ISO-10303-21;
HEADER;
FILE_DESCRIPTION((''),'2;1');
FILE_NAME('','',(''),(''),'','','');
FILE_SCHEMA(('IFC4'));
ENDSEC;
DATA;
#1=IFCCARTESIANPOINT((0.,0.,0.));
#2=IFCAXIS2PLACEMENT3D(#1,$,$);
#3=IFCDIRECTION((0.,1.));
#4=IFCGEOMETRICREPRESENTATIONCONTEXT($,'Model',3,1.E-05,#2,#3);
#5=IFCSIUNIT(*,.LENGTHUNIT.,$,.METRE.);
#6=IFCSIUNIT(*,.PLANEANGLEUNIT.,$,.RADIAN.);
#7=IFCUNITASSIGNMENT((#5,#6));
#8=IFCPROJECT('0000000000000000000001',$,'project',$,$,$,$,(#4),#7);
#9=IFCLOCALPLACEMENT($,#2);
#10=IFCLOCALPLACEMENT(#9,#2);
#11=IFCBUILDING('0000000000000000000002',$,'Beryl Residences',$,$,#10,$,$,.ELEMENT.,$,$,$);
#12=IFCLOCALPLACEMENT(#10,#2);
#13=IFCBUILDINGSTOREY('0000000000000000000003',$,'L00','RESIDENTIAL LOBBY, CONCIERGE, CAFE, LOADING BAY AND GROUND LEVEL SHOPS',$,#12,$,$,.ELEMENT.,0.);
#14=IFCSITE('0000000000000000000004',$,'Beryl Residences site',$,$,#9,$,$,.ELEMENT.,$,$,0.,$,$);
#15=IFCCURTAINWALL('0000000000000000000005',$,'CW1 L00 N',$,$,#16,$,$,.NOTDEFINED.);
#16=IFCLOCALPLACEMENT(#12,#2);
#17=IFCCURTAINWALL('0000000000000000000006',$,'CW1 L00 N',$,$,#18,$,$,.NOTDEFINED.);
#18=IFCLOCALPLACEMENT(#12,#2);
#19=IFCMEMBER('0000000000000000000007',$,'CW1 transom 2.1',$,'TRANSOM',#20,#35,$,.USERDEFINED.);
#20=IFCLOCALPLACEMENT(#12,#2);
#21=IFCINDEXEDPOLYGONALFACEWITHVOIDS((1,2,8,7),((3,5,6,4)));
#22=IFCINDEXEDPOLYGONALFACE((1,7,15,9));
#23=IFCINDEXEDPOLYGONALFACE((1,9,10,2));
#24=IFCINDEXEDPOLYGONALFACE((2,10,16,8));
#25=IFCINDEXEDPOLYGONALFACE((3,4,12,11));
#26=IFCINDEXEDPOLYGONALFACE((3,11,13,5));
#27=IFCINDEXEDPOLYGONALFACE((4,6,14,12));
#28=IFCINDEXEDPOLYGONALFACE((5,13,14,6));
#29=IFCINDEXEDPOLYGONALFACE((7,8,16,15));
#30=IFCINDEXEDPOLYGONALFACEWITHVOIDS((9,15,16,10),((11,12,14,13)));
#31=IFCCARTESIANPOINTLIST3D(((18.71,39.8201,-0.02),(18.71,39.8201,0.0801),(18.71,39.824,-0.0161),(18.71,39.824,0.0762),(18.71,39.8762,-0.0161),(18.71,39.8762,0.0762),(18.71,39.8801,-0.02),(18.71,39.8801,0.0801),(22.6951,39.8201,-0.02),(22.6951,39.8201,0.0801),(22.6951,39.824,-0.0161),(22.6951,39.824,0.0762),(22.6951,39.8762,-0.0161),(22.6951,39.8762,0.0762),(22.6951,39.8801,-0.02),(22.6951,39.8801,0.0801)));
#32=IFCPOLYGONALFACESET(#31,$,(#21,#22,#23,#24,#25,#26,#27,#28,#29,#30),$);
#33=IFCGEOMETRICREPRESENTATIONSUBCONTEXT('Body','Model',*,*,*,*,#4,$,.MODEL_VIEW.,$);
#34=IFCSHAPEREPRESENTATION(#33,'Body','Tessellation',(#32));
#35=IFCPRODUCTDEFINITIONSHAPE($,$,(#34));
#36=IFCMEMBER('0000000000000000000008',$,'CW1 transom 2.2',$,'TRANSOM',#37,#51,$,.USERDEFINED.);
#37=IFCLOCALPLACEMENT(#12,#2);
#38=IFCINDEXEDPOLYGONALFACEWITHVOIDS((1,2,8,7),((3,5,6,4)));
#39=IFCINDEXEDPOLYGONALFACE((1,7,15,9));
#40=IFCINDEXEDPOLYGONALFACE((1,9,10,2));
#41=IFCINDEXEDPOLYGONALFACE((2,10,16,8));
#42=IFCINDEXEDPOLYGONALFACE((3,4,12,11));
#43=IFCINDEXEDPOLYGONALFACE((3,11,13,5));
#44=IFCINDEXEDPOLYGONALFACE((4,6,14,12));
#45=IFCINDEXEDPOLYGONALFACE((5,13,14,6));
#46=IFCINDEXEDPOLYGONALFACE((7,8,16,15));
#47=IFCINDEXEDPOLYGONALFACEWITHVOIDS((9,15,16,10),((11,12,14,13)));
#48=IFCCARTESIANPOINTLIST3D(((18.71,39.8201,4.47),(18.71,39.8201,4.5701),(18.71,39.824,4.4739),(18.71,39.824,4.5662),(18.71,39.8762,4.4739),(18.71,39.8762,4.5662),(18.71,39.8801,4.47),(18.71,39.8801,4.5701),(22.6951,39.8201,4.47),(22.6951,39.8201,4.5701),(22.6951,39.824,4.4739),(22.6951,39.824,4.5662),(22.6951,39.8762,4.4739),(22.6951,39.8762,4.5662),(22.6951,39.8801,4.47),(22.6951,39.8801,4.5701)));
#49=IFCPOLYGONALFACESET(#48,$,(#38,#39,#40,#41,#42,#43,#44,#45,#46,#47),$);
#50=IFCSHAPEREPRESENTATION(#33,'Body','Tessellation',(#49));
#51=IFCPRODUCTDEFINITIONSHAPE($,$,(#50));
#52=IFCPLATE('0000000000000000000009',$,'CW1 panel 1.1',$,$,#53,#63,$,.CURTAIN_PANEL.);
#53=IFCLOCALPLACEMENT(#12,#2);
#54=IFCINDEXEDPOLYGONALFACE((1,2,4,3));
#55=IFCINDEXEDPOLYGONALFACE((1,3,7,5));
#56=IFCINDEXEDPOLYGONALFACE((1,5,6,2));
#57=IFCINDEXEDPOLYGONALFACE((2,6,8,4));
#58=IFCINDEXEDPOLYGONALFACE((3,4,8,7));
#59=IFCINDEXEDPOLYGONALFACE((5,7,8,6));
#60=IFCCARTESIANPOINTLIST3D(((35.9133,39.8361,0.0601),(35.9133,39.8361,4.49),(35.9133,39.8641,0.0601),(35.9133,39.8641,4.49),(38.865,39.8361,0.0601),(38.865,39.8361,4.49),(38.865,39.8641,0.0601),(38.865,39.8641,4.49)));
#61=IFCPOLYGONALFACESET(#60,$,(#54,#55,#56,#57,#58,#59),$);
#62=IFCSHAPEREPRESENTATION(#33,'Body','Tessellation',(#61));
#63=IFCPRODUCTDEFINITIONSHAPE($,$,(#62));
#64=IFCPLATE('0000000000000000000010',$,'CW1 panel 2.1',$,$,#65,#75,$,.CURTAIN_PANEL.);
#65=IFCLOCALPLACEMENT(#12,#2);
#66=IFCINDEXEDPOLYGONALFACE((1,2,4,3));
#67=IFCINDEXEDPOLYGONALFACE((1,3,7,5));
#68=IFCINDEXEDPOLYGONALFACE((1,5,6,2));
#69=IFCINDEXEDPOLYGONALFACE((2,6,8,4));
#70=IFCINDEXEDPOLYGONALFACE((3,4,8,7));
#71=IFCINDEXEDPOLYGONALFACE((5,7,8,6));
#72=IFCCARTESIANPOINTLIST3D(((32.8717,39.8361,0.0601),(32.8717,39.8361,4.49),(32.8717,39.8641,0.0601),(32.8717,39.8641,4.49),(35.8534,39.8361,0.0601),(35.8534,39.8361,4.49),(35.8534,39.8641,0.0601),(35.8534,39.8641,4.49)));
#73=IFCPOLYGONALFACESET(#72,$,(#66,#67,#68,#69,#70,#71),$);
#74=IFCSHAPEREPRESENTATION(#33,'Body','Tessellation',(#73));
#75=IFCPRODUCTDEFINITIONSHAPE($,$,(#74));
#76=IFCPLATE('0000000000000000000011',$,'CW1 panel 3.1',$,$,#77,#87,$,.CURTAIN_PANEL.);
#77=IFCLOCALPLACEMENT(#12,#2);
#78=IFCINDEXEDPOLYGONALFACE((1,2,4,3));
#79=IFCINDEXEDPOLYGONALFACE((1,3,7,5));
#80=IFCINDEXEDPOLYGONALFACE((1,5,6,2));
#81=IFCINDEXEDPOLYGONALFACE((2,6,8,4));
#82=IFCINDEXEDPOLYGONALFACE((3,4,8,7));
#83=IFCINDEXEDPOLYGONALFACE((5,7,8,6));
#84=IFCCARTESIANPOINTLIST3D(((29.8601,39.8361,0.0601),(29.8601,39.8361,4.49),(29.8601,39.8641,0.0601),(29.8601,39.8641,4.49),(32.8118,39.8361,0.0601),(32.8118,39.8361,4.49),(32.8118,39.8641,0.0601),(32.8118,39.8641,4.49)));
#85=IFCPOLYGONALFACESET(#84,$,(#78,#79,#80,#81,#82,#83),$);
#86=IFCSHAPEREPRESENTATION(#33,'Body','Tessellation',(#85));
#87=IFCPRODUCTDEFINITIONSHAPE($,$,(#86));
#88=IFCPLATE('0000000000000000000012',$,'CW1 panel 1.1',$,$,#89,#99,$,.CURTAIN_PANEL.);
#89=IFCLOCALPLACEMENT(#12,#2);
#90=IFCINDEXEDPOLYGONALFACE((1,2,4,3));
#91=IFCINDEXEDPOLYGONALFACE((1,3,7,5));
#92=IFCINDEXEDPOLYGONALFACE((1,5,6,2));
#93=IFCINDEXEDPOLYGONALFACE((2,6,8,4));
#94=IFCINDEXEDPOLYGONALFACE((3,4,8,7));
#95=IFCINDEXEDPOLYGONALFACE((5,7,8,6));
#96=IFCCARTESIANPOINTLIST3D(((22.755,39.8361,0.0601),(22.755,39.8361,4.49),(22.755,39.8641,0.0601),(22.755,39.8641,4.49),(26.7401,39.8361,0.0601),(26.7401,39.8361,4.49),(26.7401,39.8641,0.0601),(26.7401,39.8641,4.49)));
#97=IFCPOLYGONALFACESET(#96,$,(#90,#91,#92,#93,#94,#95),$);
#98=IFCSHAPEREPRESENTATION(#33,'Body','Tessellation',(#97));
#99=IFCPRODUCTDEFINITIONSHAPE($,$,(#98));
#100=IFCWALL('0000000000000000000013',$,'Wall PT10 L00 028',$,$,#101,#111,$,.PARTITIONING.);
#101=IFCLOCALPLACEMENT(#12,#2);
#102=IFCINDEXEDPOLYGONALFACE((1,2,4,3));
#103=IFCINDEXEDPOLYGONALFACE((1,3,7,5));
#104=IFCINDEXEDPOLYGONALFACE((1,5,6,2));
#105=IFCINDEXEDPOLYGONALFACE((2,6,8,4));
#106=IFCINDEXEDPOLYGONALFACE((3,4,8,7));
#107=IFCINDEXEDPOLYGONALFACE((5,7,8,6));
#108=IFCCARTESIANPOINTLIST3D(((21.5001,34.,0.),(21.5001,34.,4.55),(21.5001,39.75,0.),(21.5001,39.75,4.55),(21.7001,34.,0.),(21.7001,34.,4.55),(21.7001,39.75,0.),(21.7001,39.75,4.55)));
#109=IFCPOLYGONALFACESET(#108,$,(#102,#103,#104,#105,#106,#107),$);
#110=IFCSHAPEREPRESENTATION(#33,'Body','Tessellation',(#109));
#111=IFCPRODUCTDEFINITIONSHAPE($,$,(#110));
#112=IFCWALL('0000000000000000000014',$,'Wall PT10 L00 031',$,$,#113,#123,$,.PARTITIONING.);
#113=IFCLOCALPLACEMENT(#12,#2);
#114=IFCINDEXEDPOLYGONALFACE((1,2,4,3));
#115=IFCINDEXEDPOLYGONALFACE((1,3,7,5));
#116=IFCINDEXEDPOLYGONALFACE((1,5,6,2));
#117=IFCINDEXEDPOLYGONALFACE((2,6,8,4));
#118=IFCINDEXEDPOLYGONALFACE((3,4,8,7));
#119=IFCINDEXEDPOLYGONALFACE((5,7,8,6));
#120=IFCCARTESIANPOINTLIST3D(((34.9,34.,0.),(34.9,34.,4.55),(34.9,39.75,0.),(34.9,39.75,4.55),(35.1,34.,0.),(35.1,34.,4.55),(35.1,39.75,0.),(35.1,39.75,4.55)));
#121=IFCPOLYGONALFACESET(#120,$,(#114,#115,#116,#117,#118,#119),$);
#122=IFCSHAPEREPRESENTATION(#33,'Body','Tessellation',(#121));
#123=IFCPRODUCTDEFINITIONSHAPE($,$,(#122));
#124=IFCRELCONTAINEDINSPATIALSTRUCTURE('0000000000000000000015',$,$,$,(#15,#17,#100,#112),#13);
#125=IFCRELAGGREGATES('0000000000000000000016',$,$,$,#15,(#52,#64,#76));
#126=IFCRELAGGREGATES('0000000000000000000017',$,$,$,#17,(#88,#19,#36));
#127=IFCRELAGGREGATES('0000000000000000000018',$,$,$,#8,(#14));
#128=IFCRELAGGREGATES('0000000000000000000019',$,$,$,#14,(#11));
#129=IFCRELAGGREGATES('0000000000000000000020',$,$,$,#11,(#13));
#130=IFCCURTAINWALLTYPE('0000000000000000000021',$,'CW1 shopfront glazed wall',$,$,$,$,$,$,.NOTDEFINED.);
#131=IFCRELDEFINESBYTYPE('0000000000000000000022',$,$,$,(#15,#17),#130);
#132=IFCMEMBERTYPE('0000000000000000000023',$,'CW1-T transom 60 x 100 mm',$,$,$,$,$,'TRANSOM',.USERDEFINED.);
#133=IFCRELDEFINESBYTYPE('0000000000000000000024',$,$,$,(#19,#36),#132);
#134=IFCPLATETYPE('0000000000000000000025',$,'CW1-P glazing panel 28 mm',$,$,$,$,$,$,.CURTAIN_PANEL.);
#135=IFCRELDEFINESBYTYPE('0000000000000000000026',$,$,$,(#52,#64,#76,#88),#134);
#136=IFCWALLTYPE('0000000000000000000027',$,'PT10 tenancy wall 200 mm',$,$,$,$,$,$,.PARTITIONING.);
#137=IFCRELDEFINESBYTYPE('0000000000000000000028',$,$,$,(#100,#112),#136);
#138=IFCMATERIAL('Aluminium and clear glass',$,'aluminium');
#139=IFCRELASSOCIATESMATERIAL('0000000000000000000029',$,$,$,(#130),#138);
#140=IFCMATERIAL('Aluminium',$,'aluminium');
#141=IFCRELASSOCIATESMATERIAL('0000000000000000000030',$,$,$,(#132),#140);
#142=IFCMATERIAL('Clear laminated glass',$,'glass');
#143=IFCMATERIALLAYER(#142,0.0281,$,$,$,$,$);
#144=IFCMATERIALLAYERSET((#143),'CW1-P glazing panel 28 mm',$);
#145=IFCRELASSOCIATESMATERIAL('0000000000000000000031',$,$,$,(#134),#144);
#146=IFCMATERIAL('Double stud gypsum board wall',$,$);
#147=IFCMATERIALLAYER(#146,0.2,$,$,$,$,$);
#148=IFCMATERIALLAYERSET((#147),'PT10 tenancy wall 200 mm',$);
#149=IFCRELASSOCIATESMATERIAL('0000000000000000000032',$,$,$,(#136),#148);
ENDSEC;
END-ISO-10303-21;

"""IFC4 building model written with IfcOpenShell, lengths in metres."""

from ifc_helpers import new_model, si_unit, direction, frame, frame_2d, origin, origin_2d, place, context, subcontext, project, spatial, rectangle, hollow_rectangle, extrude, material, layer, layer_set, material_profile, profile_set, type_object, element, aggregate, save


model = new_model("IFC4")

# Units and contexts
model_context = context("Model", 3, precision=1e-05, world=origin(), true_north=direction((0.0, 1.0)))
body_context = subcontext(model_context, "Body", "Model", "MODEL_VIEW")
ifc_project = project(units=[si_unit("LENGTHUNIT", "METRE"), si_unit("PLANEANGLEUNIT", "RADIAN")], contexts=[model_context])

# Site, building, storey
site_placement = place(None, origin())
site = spatial("IfcSite", under=ifc_project, at=site_placement, Name="Beryl Residences site", CompositionType="ELEMENT", RefElevation=0.0)
building_placement = place(site_placement, origin())
building = spatial("IfcBuilding", under=site, at=building_placement, Name="Beryl Residences", CompositionType="ELEMENT")
storey_placement = place(building_placement, origin())
storey = spatial("IfcBuildingStorey", under=building, at=storey_placement, Name="L00", Description="RESIDENTIAL LOBBY, CONCIERGE, CAFE, LOADING BAY AND GROUND LEVEL SHOPS", CompositionType="ELEMENT", Elevation=0.0)

# Curtain walls
ifc_material_1 = material(Name="Aluminium and clear glass", Category="aluminium")
curtain_wall_type = type_object("IfcCurtainWallType", Name="CW1 shopfront glazed wall", PredefinedType="NOTDEFINED", material=ifc_material_1)
curtain_wall_1_placement = place(storey_placement, origin())
curtain_wall_1 = element("IfcCurtainWall", 1, at=curtain_wall_1_placement, inside=storey, type_object=curtain_wall_type, Name="CW1 L00 N", PredefinedType="NOTDEFINED")
curtain_wall_2_placement = place(storey_placement, origin())
curtain_wall_2 = element("IfcCurtainWall", 2, at=curtain_wall_2_placement, inside=storey, type_object=curtain_wall_type, Name="CW1 L00 N", PredefinedType="NOTDEFINED")

# Members
ifc_material_2 = material(Name="Aluminium", Category="aluminium")
ifc_material_profile_1 = material_profile(ifc_material_2, hollow_rectangle(XDim=0.0601, YDim=0.1001, WallThickness=0.0039, at=origin_2d()))
ifc_profile_set_1 = profile_set([ifc_material_profile_1], Name="Aluminium")
member_type_1 = type_object("IfcMemberType", Name="CW1-T transom 60 x 100 mm", ElementType="TRANSOM", PredefinedType="USERDEFINED", material=ifc_profile_set_1)
member_1_placement = place(storey_placement, frame((22.6951, 39.8501, 0.03), z_axis=(-1.0, 0.0, 0.0), x_axis=(0.0, -1.0, 0.0)))
member_1 = element("IfcMember", 3, at=member_1_placement, type_object=member_type_1, Name="CW1 transom 2.1", ObjectType="TRANSOM", PredefinedType="USERDEFINED", context=body_context, shape_type="SweptSolid", body=[
    extrude(hollow_rectangle(XDim=0.0601, YDim=0.1001, WallThickness=0.0039, at=origin_2d()), origin(), (0.0, 0.0, 1.0), 3.9851),
])
member_2_placement = place(storey_placement, frame((22.6951, 39.8501, 4.52), z_axis=(-1.0, 0.0, 0.0), x_axis=(0.0, -1.0, 0.0)))
member_2 = element("IfcMember", 4, at=member_2_placement, type_object=member_type_1, Name="CW1 transom 2.2", ObjectType="TRANSOM", PredefinedType="USERDEFINED", context=body_context, shape_type="SweptSolid", body=[
    extrude(hollow_rectangle(XDim=0.0601, YDim=0.1001, WallThickness=0.0039, at=origin_2d()), origin(), (0.0, 0.0, 1.0), 3.9851),
])

# Plates
ifc_material_3 = material(Name="Clear laminated glass", Category="glass")
ifc_layer_1 = layer(ifc_material_3, 0.0281)
ifc_layer_set_1 = layer_set([ifc_layer_1], Name="CW1-P glazing panel 28 mm")
plate_type = type_object("IfcPlateType", Name="CW1-P glazing panel 28 mm", PredefinedType="CURTAIN_PANEL", material=ifc_layer_set_1)
plate_1_placement = place(storey_placement, frame((37.3892, 39.8501, 0.0601), z_axis=(0.0, 0.0, 1.0), x_axis=(-1.0, 0.0, 0.0)))
plate_1 = element("IfcPlate", 5, at=plate_1_placement, type_object=plate_type, Name="CW1 panel 1.1", PredefinedType="CURTAIN_PANEL", context=body_context, shape_type="SweptSolid", body=[
    extrude(rectangle(XDim=2.9517, YDim=0.0281, at=origin_2d()), origin(), (0.0, 0.0, 1.0), 4.4299),
])
plate_2_placement = place(storey_placement, frame((34.3625, 39.8501, 0.0601), z_axis=(0.0, 0.0, 1.0), x_axis=(-1.0, 0.0, 0.0)))
plate_2 = element("IfcPlate", 6, at=plate_2_placement, type_object=plate_type, Name="CW1 panel 2.1", PredefinedType="CURTAIN_PANEL", context=body_context, shape_type="SweptSolid", body=[
    extrude(rectangle(XDim=2.9817, YDim=0.0281, at=origin_2d()), origin(), (0.0, 0.0, 1.0), 4.4299),
])
plate_3_placement = place(storey_placement, frame((31.3359, 39.8501, 0.0601), z_axis=(0.0, 0.0, 1.0), x_axis=(-1.0, 0.0, 0.0)))
plate_3 = element("IfcPlate", 7, at=plate_3_placement, type_object=plate_type, Name="CW1 panel 3.1", PredefinedType="CURTAIN_PANEL", context=body_context, shape_type="SweptSolid", body=[
    extrude(rectangle(XDim=2.9517, YDim=0.0281, at=origin_2d()), origin(), (0.0, 0.0, 1.0), 4.4299),
])
aggregate(curtain_wall_1, [plate_1, plate_2, plate_3])
plate_4_placement = place(storey_placement, frame((24.7476, 39.8501, 0.0601), z_axis=(0.0, 0.0, 1.0), x_axis=(-1.0, 0.0, 0.0)))
plate_4 = element("IfcPlate", 8, at=plate_4_placement, type_object=plate_type, Name="CW1 panel 1.1", PredefinedType="CURTAIN_PANEL", context=body_context, shape_type="SweptSolid", body=[
    extrude(rectangle(XDim=3.9851, YDim=0.0281, at=origin_2d()), origin(), (0.0, 0.0, 1.0), 4.4299),
])
aggregate(curtain_wall_2, [plate_4, member_1, member_2])

# Walls
ifc_material_4 = material(Name="Double stud gypsum board wall")
ifc_layer_2 = layer(ifc_material_4, 0.2)
ifc_layer_set_2 = layer_set([ifc_layer_2], Name="PT10 tenancy wall 200 mm")
wall_type_1 = type_object("IfcWallType", Name="PT10 tenancy wall 200 mm", PredefinedType="PARTITIONING", material=ifc_layer_set_2)
for number, where, z_axis, x_axis, name in (
    (9, (21.6001, 34.0, 0.0), (0.0, 0.0, 1.0), (0.0, 1.0, 0.0), "Wall PT10 L00 028"),
    (10, (35.0, 34.0, 0.0), (0.0, 0.0, 1.0), (0.0, 1.0, 0.0), "Wall PT10 L00 031"),
):
    element("IfcWall", number, at=place(storey_placement, frame(where, z_axis=z_axis, x_axis=x_axis)), inside=storey, type_object=wall_type_1, Name=name, PredefinedType="PARTITIONING", context=body_context, shape_type="SweptSolid", body=[
        extrude(rectangle(XDim=5.75, YDim=0.2, at=frame_2d((2.875, 0.0))), origin(), (0.0, 0.0, 1.0), 4.55),
    ])

save(model, "model.ifc")
